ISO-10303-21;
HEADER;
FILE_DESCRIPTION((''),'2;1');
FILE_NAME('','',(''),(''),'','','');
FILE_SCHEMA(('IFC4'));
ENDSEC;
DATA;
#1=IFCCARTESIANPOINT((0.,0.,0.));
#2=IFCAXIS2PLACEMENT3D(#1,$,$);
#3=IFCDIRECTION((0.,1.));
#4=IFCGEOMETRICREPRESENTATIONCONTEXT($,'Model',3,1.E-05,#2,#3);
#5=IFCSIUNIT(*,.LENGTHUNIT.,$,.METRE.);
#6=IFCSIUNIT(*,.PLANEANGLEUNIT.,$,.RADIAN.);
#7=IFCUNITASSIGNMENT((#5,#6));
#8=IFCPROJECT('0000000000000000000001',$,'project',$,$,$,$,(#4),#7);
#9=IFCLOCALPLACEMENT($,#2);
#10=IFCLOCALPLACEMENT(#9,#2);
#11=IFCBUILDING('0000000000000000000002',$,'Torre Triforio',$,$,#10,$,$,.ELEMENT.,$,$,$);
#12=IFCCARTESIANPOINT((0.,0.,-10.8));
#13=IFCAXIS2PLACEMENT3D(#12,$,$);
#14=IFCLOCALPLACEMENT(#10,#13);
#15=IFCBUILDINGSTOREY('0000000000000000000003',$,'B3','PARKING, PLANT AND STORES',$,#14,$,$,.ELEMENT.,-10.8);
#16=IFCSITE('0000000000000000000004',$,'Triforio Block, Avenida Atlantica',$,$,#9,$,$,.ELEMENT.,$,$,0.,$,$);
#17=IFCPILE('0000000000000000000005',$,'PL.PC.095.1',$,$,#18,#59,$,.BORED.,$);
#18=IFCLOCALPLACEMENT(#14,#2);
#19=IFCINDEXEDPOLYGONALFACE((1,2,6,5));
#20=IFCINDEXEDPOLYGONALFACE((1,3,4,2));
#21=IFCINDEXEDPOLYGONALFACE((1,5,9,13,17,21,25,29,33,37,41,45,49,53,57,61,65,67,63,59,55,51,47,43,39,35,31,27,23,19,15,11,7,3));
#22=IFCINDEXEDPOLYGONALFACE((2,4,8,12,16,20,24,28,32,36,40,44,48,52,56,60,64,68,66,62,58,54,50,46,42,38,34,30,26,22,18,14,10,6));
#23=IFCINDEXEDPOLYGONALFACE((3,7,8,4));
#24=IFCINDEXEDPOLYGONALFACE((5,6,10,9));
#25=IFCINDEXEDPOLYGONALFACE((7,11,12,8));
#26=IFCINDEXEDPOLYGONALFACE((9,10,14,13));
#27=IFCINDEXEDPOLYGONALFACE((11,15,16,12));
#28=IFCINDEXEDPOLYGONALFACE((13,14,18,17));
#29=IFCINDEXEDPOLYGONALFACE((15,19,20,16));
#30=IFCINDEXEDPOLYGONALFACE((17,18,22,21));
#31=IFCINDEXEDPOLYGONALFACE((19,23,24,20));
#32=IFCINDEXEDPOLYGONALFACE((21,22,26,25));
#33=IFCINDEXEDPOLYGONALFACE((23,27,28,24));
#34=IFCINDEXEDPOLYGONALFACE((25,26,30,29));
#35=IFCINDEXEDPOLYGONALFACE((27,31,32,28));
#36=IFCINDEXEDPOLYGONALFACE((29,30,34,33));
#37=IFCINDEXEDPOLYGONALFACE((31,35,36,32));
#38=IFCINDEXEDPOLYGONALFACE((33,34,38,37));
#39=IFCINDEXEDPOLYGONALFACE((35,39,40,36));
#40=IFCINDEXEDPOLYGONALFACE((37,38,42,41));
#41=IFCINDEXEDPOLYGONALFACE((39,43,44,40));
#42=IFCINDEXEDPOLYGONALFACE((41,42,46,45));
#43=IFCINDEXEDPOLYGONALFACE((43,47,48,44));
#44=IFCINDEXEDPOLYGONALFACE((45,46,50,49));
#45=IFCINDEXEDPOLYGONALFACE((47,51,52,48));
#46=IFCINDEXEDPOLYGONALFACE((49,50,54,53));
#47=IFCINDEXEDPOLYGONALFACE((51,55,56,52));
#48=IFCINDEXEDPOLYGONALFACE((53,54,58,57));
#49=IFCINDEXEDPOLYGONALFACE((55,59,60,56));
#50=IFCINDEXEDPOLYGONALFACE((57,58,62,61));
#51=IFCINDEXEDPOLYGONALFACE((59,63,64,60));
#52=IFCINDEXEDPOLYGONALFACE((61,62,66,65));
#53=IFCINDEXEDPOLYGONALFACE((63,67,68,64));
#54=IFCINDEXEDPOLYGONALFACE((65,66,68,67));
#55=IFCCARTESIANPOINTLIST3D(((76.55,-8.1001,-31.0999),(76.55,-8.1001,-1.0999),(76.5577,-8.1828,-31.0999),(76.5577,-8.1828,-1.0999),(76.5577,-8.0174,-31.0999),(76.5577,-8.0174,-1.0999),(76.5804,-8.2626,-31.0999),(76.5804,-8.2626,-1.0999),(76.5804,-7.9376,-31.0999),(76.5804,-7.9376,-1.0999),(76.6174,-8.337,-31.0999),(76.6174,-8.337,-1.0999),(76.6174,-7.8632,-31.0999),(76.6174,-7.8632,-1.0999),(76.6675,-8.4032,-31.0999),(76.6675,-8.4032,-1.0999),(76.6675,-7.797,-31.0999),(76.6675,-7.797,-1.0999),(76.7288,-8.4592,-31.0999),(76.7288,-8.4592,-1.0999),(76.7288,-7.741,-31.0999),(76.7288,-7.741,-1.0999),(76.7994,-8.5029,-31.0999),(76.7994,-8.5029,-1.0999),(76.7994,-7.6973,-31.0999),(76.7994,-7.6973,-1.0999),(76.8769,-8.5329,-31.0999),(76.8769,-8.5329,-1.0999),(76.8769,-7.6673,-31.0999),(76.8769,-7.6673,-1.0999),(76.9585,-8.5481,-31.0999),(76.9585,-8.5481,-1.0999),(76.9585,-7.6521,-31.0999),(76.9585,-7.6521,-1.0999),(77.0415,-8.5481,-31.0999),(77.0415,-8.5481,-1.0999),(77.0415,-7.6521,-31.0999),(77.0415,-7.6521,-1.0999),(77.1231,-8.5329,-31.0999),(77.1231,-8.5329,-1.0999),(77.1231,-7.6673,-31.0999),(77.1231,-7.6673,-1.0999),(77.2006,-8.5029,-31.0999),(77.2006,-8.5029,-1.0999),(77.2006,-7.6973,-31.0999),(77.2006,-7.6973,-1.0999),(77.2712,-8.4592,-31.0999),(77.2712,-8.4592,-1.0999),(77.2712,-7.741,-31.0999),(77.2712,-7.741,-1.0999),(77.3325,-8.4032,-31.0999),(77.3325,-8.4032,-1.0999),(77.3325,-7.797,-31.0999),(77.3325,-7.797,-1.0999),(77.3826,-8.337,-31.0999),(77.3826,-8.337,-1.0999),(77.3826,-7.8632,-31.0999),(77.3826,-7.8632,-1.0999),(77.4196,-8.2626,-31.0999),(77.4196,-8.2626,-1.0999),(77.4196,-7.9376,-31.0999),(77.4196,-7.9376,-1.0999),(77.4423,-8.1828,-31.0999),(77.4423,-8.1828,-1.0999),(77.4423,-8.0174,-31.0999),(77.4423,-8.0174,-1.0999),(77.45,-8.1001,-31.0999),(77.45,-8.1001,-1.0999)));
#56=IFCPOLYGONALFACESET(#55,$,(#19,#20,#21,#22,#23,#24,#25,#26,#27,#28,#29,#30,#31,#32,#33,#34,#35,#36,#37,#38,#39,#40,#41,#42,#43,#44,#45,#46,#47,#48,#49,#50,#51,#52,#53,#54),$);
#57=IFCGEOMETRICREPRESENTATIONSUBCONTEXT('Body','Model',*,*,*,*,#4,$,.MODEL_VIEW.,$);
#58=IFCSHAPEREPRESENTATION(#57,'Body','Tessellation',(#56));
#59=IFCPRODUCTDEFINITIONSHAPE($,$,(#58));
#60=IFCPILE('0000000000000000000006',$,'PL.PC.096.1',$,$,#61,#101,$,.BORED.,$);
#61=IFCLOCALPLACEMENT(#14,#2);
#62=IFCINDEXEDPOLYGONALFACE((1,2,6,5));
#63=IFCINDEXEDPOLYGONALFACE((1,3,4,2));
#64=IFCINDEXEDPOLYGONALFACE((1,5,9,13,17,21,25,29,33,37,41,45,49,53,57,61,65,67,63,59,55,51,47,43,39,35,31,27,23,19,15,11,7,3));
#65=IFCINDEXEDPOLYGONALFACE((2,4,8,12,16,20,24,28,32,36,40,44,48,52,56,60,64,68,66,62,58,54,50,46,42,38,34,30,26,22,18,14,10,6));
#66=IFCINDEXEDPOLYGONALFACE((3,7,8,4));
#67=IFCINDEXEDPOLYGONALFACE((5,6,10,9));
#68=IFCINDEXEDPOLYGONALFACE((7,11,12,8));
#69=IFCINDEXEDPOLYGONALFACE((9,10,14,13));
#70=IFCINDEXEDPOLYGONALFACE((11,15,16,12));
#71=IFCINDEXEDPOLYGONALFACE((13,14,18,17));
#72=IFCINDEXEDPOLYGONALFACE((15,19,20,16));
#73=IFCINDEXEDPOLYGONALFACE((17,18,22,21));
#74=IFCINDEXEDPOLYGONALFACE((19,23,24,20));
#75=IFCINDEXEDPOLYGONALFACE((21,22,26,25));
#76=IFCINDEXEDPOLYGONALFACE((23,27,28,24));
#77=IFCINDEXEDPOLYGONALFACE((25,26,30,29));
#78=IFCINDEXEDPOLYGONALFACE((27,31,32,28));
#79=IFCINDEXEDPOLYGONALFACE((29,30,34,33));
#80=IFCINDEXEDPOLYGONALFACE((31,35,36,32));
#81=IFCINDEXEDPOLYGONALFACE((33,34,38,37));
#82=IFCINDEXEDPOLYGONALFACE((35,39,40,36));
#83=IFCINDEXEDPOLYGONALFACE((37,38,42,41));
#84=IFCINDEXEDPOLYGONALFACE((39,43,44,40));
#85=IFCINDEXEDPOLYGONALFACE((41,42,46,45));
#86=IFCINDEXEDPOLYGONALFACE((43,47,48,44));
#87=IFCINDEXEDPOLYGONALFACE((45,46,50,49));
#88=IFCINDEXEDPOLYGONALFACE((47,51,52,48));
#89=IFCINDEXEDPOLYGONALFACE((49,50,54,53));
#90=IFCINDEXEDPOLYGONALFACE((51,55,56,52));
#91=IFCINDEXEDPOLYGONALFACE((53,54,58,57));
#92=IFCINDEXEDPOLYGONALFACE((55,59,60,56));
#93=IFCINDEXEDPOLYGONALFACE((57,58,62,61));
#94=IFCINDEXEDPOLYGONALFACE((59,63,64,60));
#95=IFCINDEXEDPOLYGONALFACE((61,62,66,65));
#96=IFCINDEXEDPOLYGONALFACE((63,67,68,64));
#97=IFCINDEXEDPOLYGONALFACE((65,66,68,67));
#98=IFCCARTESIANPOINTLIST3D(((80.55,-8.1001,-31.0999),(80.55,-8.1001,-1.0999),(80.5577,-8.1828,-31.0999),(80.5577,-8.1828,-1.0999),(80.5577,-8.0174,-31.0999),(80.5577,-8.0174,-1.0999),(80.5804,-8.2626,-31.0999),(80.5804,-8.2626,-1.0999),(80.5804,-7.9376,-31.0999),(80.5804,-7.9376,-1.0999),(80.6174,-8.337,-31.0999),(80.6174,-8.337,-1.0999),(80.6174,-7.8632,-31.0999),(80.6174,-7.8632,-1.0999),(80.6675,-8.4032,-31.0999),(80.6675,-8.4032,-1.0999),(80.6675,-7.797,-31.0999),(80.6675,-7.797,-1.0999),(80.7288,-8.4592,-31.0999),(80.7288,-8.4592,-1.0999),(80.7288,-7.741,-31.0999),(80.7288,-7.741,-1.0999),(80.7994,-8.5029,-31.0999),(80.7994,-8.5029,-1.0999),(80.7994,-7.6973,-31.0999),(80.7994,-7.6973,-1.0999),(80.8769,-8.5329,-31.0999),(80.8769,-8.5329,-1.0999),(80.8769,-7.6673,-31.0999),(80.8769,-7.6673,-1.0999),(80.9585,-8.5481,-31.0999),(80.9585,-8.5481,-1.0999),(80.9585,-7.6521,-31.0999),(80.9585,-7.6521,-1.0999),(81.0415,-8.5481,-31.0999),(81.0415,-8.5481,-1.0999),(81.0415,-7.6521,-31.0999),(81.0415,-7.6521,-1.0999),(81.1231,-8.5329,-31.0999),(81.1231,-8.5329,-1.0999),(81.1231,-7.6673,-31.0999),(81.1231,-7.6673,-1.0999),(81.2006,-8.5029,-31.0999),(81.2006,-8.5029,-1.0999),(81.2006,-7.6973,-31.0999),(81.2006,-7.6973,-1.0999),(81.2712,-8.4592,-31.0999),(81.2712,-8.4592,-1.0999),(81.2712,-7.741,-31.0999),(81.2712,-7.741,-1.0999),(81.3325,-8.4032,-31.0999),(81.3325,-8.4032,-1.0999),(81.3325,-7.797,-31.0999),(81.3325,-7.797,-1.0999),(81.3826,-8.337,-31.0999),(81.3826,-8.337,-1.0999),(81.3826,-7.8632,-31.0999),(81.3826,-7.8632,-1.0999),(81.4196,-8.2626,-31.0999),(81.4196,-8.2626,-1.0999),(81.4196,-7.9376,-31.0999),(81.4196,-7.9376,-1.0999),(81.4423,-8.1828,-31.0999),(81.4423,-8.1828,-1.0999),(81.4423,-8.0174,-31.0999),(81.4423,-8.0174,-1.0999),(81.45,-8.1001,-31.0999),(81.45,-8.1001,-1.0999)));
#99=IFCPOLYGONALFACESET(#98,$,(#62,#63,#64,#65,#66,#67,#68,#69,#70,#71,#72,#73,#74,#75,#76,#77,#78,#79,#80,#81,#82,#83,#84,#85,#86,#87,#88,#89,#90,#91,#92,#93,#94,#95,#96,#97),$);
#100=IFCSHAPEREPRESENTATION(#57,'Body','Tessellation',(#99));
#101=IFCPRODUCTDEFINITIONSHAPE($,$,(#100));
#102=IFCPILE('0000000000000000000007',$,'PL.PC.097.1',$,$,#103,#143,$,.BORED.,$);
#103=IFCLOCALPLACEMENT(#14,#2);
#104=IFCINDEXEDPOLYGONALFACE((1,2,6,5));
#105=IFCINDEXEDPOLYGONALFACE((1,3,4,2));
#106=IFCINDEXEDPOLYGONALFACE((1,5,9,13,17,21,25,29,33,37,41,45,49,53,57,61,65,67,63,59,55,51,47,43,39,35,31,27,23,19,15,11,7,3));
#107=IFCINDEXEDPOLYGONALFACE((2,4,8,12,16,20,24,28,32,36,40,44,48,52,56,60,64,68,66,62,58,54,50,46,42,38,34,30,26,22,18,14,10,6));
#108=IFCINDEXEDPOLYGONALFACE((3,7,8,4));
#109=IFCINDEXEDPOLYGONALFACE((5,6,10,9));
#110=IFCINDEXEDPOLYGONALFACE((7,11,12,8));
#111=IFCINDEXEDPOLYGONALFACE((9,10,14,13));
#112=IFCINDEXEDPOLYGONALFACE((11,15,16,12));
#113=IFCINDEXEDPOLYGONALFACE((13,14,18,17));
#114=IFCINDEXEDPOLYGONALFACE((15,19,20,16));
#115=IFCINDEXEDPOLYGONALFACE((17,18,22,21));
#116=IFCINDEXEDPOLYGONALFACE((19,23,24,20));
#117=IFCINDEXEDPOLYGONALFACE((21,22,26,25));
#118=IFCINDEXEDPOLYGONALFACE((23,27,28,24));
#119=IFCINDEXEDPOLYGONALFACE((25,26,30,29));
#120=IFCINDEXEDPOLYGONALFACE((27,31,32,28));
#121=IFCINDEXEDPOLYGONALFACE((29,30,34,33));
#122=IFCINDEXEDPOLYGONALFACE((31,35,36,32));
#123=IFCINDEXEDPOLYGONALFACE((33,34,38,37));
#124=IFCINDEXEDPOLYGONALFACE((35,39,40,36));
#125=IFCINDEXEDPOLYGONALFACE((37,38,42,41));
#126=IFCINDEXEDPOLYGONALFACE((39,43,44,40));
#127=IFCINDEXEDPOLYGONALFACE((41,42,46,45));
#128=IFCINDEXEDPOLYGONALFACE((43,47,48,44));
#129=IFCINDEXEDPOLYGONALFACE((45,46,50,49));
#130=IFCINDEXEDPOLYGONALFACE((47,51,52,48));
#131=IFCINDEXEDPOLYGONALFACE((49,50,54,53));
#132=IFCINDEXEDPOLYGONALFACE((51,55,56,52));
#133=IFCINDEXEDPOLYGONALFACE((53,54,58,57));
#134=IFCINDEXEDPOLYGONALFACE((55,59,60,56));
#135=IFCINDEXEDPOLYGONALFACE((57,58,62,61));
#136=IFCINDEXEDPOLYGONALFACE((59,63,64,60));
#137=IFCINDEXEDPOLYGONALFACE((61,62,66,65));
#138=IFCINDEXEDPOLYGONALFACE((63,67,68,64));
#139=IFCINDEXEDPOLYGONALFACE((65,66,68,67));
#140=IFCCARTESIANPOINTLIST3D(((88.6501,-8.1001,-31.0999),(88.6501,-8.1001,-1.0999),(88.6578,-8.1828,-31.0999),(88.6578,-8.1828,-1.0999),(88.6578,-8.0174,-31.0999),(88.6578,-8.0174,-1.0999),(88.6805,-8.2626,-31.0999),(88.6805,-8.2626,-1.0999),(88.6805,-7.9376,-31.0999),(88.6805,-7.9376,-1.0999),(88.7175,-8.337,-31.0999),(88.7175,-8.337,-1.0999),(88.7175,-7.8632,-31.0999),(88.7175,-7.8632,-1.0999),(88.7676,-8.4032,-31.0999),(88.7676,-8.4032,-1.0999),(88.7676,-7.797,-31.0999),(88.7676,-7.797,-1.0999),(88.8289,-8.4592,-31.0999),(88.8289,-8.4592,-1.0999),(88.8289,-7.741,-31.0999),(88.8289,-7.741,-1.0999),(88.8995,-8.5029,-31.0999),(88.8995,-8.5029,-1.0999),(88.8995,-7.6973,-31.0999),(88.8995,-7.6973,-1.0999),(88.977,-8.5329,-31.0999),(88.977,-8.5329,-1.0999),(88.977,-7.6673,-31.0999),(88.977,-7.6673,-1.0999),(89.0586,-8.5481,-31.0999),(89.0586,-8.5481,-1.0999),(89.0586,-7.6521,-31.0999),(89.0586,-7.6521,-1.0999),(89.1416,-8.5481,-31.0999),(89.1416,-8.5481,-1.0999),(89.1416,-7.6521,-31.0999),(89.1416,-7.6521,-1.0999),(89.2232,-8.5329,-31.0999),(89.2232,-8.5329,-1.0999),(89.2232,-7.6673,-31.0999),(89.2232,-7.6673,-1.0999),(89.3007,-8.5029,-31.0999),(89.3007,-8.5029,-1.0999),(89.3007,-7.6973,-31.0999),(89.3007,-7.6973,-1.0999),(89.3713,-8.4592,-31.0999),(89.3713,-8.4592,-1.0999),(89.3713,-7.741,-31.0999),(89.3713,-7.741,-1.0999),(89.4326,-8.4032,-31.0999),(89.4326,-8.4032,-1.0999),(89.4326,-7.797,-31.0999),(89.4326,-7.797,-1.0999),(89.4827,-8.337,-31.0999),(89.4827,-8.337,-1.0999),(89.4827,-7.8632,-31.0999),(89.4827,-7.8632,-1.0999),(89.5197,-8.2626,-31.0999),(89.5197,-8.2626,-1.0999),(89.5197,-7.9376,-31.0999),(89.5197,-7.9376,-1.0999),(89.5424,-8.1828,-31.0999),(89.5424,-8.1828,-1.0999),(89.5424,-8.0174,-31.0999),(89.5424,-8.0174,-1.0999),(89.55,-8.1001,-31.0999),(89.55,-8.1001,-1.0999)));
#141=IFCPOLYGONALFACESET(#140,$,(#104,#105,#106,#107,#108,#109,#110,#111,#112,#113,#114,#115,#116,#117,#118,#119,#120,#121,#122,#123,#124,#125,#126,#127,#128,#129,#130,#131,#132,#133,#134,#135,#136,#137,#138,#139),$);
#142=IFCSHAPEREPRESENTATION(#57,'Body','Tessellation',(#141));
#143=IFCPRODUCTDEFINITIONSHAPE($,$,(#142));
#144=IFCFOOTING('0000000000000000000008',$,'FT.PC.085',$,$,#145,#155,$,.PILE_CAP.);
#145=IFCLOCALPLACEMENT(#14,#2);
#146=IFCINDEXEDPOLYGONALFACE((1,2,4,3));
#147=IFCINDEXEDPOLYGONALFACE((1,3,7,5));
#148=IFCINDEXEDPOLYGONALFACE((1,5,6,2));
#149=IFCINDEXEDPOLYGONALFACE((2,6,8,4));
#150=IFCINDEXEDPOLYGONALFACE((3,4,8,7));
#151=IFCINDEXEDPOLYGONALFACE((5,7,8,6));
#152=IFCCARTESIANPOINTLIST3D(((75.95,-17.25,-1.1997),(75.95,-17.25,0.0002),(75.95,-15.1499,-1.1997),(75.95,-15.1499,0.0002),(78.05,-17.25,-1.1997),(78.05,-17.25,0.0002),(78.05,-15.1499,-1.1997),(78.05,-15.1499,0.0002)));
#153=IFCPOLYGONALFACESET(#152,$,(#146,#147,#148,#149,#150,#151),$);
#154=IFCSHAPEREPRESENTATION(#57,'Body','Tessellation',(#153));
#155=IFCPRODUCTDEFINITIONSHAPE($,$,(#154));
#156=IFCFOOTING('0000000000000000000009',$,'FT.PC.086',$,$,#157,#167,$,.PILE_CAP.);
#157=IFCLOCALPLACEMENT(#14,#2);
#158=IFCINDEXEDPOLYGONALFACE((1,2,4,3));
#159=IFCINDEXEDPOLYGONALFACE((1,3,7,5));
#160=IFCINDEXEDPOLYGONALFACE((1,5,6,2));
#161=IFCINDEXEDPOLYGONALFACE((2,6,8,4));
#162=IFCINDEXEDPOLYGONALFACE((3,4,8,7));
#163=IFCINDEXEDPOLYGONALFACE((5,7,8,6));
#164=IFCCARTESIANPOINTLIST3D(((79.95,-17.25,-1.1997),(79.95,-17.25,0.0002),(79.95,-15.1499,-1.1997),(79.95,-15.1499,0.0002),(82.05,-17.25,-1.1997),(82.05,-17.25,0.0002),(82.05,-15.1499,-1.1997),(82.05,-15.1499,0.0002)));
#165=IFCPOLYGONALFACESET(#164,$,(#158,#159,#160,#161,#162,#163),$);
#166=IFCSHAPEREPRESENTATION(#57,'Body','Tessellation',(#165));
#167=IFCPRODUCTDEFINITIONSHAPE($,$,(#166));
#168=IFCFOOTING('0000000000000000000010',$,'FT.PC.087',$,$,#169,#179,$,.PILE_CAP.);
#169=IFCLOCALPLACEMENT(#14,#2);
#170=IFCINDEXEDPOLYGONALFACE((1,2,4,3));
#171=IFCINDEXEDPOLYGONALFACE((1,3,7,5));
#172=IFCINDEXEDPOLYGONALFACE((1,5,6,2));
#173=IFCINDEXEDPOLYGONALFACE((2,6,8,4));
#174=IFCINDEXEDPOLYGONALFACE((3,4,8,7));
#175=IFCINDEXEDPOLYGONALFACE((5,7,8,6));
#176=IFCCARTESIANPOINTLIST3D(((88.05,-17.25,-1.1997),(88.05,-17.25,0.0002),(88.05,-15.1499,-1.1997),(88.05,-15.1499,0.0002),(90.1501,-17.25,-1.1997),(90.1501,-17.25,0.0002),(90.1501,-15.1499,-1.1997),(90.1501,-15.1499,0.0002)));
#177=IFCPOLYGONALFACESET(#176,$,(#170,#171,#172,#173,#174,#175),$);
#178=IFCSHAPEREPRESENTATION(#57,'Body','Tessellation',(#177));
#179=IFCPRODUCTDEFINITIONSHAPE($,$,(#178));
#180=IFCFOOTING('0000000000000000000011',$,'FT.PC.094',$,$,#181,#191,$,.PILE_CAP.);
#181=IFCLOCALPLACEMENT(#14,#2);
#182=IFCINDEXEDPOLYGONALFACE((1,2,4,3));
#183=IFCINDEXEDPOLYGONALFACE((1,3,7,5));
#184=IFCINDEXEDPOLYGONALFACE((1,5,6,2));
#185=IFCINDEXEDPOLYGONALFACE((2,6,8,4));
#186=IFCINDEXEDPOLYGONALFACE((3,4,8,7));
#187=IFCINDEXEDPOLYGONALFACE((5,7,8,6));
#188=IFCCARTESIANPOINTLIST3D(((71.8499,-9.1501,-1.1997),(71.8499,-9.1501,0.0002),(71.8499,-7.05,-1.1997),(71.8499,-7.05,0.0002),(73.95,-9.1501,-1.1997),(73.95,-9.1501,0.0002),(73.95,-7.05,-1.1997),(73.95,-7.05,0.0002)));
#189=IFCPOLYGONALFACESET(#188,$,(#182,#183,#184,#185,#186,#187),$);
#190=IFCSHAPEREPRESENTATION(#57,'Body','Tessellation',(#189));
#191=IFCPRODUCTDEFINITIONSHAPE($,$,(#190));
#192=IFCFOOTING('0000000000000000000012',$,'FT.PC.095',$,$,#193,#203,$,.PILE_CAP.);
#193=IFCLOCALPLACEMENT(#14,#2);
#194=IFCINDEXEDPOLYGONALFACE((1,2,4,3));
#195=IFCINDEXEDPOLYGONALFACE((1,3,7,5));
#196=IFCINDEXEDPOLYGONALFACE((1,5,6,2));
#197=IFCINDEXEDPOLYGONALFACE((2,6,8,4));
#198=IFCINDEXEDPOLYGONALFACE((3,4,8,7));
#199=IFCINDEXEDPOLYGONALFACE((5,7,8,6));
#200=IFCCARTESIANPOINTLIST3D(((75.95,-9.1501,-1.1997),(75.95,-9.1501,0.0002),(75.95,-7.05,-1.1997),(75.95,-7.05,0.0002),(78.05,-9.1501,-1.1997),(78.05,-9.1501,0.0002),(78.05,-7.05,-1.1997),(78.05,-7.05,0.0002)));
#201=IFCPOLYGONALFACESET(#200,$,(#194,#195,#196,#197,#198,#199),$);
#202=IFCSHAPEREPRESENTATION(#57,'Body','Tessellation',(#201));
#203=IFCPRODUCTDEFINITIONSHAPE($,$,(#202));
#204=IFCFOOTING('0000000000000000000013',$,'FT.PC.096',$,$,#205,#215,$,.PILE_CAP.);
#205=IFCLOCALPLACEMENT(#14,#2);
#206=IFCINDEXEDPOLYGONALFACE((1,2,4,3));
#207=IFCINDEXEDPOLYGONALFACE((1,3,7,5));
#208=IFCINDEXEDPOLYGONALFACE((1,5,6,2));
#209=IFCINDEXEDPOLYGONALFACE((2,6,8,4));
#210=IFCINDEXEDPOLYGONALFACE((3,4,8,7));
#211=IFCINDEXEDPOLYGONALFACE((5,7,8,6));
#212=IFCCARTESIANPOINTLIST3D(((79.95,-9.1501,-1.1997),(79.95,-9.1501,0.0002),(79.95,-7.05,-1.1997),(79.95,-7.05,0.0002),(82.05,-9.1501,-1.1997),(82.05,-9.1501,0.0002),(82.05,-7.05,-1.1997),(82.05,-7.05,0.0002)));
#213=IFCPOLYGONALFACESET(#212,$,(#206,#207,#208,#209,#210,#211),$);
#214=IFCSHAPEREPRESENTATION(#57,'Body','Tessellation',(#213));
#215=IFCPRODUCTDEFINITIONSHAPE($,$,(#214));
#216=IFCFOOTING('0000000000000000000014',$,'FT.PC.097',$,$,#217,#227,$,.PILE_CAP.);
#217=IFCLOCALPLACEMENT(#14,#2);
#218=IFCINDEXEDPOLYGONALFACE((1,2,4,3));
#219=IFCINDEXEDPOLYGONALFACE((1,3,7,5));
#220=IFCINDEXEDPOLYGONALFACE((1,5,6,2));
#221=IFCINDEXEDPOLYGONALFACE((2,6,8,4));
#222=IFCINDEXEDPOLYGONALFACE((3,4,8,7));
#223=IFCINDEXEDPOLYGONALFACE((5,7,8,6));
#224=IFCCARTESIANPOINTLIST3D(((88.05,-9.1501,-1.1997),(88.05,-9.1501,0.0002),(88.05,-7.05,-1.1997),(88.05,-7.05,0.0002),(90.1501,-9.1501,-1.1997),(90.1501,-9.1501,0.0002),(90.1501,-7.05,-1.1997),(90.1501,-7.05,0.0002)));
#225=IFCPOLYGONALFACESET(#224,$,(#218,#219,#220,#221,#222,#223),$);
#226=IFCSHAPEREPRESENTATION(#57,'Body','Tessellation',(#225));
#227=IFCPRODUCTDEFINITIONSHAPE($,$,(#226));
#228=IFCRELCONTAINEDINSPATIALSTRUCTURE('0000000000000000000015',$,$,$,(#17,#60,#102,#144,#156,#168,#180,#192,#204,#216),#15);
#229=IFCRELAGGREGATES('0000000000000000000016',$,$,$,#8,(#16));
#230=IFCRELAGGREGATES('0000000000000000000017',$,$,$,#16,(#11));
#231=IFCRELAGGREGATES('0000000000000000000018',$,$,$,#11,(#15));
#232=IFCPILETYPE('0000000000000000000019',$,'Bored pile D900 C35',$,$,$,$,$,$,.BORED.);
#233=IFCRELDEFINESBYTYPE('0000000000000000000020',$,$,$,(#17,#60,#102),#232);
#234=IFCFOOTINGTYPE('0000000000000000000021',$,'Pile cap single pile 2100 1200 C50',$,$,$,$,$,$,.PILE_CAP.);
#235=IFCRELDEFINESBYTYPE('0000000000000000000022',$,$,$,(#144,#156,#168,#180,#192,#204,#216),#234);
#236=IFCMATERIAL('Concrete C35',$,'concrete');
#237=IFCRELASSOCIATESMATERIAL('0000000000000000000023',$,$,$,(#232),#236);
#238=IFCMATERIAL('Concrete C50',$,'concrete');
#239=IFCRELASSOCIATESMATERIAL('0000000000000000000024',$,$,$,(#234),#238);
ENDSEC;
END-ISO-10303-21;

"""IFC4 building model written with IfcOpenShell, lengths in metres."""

from ifc_helpers import new_model, si_unit, direction, frame, origin, origin_2d, place, context, subcontext, project, spatial, rectangle, circle, extrude, material, material_profile, profile_set, type_object, element, save


model = new_model("IFC4")

# Units and contexts
model_context = context("Model", 3, precision=1e-05, world=origin(), true_north=direction((0.0, 1.0)))
body_context = subcontext(model_context, "Body", "Model", "MODEL_VIEW")
ifc_project = project(units=[si_unit("LENGTHUNIT", "METRE"), si_unit("PLANEANGLEUNIT", "RADIAN")], contexts=[model_context])

# Site, building, storey
site_placement = place(None, origin())
site = spatial("IfcSite", under=ifc_project, at=site_placement, Name="Triforio Block, Avenida Atlantica", CompositionType="ELEMENT", RefElevation=0.0)
building_placement = place(site_placement, origin())
building = spatial("IfcBuilding", under=site, at=building_placement, Name="Torre Triforio", CompositionType="ELEMENT")
storey_placement = place(building_placement, frame((0.0, 0.0, -10.8)))
storey = spatial("IfcBuildingStorey", under=building, at=storey_placement, Name="B3", Description="PARKING, PLANT AND STORES", CompositionType="ELEMENT", Elevation=-10.8)

# Piles
ifc_material_1 = material(Name="Concrete C35", Category="concrete")
ifc_material_profile_1 = material_profile(ifc_material_1, circle(Radius=0.45, at=origin_2d()), Name="RC D900")
ifc_profile_set_1 = profile_set([ifc_material_profile_1], Name="Concrete C35")
pile_type = type_object("IfcPileType", Name="Bored pile D900 C35", PredefinedType="BORED", material=ifc_profile_set_1)
for number, where, z_axis, x_axis, name in (
    (1, (77.0, -8.1001, -1.0999), (0.0, 0.0, -1.0), (1.0, 0.0, 0.0), "PL.PC.095.1"),
    (2, (81.0, -8.1001, -1.0999), (0.0, 0.0, -1.0), (1.0, 0.0, 0.0), "PL.PC.096.1"),
    (3, (89.1001, -8.1001, -1.0999), (0.0, 0.0, -1.0), (1.0, 0.0, 0.0), "PL.PC.097.1"),
):
    element("IfcPile", number, at=place(storey_placement, frame(where, z_axis=z_axis, x_axis=x_axis)), inside=storey, type_object=pile_type, Name=name, PredefinedType="BORED", context=body_context, shape_type="SweptSolid", body=[
        extrude(circle(Radius=0.45, at=origin_2d()), origin(), (0.0, 0.0, 1.0), 30.0),
    ])

# Footings
ifc_material_2 = material(Name="Concrete C50", Category="concrete")
footing_type = type_object("IfcFootingType", Name="Pile cap single pile 2100 1200 C50", PredefinedType="PILE_CAP", material=ifc_material_2)
for number, where, z_axis, x_axis, name in (
    (4, (77.0, -16.2, -1.1997), (0.0, 0.0, 1.0), (1.0, 0.0, 0.0), "FT.PC.085"),
    (5, (81.0, -16.2, -1.1997), (0.0, 0.0, 1.0), (1.0, 0.0, 0.0), "FT.PC.086"),
    (6, (89.1001, -16.2, -1.1997), (0.0, 0.0, 1.0), (1.0, 0.0, 0.0), "FT.PC.087"),
    (7, (72.8999, -8.1001, -1.1997), (0.0, 0.0, 1.0), (1.0, 0.0, 0.0), "FT.PC.094"),
    (8, (77.0, -8.1001, -1.1997), (0.0, 0.0, 1.0), (1.0, 0.0, 0.0), "FT.PC.095"),
    (9, (81.0, -8.1001, -1.1997), (0.0, 0.0, 1.0), (1.0, 0.0, 0.0), "FT.PC.096"),
    (10, (89.1001, -8.1001, -1.1997), (0.0, 0.0, 1.0), (1.0, 0.0, 0.0), "FT.PC.097"),
):
    element("IfcFooting", number, at=place(storey_placement, frame(where, z_axis=z_axis, x_axis=x_axis)), inside=storey, type_object=footing_type, Name=name, PredefinedType="PILE_CAP", context=body_context, shape_type="SweptSolid", body=[
        extrude(rectangle(XDim=2.1001, YDim=2.1001, at=origin_2d()), origin(), (0.0, 0.0, 1.0), 1.2),
    ])

save(model, "model.ifc")
